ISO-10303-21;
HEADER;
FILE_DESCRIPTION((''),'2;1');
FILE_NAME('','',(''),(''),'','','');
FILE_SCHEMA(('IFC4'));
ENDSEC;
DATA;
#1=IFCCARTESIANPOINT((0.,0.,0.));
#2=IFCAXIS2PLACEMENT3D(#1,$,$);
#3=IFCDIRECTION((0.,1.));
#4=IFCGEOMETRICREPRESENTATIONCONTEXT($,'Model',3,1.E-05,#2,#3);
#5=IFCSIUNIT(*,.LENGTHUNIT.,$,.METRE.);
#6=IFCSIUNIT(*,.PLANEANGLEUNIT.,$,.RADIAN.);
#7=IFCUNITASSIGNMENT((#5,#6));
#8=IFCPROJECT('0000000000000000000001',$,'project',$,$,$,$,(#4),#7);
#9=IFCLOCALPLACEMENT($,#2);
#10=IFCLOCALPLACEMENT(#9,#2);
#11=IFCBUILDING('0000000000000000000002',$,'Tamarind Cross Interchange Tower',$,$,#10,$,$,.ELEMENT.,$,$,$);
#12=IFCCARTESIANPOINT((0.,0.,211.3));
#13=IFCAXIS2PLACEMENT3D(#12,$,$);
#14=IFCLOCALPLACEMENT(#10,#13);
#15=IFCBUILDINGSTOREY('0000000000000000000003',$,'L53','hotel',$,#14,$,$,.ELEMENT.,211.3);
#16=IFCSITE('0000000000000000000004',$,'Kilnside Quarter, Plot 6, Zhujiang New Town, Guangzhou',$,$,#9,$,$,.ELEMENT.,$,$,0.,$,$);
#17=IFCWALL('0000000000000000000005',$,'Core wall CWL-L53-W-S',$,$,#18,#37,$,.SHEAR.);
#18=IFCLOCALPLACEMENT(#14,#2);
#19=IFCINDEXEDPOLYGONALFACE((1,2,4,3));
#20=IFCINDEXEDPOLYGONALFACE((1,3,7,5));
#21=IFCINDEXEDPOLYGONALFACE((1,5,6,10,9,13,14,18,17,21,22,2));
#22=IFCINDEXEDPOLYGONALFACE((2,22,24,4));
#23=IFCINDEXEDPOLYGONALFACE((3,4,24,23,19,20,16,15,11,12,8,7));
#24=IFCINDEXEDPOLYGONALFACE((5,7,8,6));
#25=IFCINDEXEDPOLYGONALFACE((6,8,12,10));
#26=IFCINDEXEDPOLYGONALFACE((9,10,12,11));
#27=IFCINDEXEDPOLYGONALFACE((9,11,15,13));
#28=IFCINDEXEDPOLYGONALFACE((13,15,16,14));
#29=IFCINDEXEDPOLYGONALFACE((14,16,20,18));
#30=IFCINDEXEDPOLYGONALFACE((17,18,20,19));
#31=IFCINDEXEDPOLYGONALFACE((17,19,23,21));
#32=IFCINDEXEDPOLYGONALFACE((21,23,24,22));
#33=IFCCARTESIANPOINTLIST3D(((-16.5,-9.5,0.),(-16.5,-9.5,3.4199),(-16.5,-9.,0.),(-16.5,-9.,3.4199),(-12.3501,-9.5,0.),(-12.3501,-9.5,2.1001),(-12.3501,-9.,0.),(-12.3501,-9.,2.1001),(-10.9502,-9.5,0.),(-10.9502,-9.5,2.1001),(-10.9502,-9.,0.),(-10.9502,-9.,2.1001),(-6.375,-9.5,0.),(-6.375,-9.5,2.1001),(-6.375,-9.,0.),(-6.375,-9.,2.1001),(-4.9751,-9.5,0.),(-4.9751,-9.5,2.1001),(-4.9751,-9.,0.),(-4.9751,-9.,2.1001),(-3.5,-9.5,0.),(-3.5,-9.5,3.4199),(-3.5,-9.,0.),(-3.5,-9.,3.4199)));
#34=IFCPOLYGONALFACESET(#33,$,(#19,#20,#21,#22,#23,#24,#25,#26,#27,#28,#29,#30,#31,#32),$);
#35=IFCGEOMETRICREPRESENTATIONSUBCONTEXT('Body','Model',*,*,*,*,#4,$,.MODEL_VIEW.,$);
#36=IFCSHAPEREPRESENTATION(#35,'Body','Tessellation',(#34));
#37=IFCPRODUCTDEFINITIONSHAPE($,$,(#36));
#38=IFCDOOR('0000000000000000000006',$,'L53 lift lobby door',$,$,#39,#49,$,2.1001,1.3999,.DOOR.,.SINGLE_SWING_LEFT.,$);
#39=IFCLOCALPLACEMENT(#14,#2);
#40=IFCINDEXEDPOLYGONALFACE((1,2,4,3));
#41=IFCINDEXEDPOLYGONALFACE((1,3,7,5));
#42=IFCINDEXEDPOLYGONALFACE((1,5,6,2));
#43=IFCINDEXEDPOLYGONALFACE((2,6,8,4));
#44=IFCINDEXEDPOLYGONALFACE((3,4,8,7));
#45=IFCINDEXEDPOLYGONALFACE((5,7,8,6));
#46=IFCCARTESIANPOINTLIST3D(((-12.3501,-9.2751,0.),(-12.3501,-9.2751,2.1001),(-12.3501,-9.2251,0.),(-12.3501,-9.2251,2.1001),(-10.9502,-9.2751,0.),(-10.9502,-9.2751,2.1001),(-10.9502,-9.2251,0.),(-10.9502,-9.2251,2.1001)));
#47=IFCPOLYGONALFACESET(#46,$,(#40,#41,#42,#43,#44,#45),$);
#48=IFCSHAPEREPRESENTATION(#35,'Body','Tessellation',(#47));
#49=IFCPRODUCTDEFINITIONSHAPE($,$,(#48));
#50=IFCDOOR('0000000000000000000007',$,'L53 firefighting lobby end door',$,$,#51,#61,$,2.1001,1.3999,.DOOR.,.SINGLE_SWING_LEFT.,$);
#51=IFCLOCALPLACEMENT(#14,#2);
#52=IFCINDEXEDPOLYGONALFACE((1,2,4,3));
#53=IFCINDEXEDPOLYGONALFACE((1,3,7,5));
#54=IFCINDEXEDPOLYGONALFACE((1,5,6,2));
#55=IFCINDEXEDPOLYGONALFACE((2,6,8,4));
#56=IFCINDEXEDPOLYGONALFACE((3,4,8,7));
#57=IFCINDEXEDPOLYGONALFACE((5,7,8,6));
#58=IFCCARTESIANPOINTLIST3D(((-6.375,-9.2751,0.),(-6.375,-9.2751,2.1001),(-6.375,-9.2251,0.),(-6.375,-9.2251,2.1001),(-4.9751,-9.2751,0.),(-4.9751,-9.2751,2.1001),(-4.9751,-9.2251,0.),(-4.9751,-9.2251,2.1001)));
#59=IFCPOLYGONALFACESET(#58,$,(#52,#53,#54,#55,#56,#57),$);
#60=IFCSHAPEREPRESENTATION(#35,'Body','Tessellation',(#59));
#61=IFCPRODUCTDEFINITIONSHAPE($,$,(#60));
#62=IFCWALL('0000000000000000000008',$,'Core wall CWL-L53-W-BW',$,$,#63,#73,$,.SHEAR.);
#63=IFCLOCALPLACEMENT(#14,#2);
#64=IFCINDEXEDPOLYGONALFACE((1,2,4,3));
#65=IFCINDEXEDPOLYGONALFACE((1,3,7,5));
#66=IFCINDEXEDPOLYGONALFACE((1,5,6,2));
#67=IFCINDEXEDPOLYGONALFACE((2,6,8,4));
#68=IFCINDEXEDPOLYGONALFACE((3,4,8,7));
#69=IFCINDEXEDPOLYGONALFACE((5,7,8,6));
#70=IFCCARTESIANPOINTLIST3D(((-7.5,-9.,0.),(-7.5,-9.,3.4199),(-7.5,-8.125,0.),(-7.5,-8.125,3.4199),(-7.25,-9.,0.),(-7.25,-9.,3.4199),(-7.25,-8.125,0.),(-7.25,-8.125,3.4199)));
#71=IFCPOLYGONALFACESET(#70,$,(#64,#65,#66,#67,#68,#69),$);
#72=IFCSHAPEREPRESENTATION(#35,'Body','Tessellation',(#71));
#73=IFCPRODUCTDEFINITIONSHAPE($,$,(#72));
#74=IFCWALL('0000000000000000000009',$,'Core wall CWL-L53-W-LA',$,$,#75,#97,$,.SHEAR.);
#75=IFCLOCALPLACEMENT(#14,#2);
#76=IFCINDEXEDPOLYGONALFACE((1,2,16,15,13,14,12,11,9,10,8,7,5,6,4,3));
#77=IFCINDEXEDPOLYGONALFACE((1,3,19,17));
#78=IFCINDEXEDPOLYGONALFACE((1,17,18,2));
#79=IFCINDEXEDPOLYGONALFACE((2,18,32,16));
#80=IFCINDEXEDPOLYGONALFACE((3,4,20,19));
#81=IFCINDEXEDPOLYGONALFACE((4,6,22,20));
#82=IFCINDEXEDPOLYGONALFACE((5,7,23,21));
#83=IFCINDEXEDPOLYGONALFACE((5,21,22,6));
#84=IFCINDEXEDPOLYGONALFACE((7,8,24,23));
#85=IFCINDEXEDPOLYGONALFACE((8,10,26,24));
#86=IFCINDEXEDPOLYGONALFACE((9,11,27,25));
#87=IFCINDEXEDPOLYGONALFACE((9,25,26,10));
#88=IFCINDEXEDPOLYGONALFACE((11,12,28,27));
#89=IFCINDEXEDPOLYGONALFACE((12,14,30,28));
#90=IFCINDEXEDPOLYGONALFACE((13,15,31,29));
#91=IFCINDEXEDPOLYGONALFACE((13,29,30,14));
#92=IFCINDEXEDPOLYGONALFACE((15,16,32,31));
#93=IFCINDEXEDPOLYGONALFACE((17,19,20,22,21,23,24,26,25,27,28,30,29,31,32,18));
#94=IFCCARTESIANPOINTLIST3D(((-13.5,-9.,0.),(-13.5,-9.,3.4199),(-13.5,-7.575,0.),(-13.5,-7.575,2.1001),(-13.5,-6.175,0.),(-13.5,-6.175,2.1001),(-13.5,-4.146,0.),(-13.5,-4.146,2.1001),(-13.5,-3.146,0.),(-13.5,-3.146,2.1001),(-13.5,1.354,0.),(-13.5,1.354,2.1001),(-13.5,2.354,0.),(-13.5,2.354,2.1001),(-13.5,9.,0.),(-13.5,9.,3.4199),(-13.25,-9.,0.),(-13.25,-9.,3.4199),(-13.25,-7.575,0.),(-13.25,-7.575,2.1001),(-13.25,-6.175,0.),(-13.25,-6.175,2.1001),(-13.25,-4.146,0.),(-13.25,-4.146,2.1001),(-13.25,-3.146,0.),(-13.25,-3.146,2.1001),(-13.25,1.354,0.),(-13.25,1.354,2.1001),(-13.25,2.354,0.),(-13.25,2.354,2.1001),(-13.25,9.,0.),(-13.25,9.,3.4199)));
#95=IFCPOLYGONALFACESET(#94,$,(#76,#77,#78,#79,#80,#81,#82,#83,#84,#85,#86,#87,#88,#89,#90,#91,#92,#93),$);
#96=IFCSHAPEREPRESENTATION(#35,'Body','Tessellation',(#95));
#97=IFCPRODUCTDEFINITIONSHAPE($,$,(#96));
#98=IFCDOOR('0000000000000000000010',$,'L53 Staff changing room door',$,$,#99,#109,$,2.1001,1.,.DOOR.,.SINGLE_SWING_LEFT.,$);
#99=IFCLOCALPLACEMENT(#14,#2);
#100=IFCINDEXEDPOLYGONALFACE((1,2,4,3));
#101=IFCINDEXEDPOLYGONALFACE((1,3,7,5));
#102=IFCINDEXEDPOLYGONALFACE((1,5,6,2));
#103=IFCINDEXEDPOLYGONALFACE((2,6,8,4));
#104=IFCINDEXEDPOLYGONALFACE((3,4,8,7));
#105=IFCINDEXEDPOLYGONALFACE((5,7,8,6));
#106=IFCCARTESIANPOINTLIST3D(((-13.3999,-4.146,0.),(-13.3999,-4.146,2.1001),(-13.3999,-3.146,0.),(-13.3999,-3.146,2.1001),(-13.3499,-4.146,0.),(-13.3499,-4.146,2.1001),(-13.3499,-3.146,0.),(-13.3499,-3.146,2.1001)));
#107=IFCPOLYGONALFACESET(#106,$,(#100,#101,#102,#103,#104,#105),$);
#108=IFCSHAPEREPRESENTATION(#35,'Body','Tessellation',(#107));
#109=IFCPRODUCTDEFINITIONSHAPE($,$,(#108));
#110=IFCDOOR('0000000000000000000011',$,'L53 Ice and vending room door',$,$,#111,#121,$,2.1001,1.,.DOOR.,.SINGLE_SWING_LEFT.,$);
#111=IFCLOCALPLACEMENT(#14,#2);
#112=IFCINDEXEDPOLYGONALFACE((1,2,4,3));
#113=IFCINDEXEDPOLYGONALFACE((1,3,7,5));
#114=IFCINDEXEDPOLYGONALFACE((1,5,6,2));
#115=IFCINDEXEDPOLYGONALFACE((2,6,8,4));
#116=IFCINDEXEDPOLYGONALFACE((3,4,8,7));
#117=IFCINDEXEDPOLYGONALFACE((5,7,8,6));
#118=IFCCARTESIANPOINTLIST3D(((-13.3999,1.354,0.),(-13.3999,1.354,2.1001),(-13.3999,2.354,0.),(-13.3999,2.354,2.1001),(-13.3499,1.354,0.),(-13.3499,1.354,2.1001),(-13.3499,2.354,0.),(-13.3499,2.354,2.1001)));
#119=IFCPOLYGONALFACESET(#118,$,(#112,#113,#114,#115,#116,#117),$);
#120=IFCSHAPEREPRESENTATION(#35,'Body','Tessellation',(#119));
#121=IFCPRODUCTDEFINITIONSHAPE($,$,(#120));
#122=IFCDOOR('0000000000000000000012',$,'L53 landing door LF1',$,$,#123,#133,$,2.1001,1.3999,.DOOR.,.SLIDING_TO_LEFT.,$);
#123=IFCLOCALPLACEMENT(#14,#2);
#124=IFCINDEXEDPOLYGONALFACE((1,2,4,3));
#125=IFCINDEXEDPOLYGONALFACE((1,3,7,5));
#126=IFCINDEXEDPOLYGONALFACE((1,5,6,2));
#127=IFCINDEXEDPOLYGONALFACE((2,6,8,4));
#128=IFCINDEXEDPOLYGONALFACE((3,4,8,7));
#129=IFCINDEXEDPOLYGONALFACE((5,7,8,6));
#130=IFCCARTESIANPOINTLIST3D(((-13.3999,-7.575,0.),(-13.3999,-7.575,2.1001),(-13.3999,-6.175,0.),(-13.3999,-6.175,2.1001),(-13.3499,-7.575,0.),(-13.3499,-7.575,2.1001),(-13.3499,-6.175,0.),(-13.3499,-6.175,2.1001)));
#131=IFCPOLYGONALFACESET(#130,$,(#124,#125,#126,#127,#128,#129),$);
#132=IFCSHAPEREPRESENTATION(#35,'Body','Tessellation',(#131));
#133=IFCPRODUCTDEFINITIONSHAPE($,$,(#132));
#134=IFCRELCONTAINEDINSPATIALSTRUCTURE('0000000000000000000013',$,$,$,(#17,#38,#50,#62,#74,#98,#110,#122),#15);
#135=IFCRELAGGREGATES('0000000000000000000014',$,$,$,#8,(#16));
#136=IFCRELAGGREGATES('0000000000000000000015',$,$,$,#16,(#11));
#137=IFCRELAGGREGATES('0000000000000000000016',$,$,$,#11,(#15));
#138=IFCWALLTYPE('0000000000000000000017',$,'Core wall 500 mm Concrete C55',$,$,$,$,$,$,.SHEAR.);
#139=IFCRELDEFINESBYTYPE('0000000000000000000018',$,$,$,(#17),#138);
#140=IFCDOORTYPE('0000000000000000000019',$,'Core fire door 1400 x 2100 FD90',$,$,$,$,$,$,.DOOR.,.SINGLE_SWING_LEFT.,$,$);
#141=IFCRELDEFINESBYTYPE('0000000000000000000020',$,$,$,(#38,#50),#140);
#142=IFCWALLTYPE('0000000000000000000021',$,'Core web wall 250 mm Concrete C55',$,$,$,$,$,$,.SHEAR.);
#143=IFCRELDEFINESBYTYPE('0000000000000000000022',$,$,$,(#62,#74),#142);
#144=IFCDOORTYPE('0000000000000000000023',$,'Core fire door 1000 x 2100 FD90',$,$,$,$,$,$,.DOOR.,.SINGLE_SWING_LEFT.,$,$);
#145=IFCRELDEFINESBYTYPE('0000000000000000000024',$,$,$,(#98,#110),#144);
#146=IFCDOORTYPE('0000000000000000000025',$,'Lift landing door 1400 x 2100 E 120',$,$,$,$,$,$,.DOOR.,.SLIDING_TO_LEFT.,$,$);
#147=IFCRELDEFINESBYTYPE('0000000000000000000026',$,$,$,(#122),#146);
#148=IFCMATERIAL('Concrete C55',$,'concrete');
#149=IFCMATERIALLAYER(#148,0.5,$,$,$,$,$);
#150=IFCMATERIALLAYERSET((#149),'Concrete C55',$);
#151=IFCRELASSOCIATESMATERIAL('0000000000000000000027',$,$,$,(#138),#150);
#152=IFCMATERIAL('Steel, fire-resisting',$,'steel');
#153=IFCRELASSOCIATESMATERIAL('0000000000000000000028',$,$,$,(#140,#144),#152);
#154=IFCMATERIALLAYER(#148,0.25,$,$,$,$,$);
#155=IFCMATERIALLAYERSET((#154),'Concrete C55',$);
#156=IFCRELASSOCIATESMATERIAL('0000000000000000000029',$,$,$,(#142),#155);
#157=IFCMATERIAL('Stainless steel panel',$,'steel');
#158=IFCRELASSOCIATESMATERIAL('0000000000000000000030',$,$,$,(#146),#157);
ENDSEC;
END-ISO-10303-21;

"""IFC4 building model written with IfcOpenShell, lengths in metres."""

from ifc_helpers import new_model, si_unit, direction, frame, frame_2d, origin, place, context, subcontext, project, spatial, rectangle, extrude, material, layer, layer_set, type_object, element, fill, save


model = new_model("IFC4")

# Units and contexts
model_context = context("Model", 3, precision=1e-05, world=origin(), true_north=direction((0.0, 1.0)))
body_context = subcontext(model_context, "Body", "Model", "MODEL_VIEW")
ifc_project = project(units=[si_unit("LENGTHUNIT", "METRE"), si_unit("PLANEANGLEUNIT", "RADIAN")], contexts=[model_context])

# Site, building, storey
site_placement = place(None, origin())
site = spatial("IfcSite", under=ifc_project, at=site_placement, Name="Kilnside Quarter, Plot 6, Zhujiang New Town, Guangzhou", CompositionType="ELEMENT", RefElevation=0.0)
building_placement = place(site_placement, origin())
building = spatial("IfcBuilding", under=site, at=building_placement, Name="Tamarind Cross Interchange Tower", CompositionType="ELEMENT")
storey_placement = place(building_placement, frame((0.0, 0.0, 211.3)))
storey = spatial("IfcBuildingStorey", under=building, at=storey_placement, Name="L53", Description="hotel", CompositionType="ELEMENT", Elevation=211.3)

# Wall, openings, doors
ifc_material_1 = material(Name="Concrete C55", Category="concrete")
ifc_layer_1 = layer(ifc_material_1, 0.5)
ifc_layer_set_1 = layer_set([ifc_layer_1], Name="Concrete C55")
wall_type_1 = type_object("IfcWallType", Name="Core wall 500 mm Concrete C55", PredefinedType="SHEAR", material=ifc_layer_set_1)
wall_1_placement = place(storey_placement, frame((-16.5, -9.25, 0.0), z_axis=(0.0, 0.0, 1.0), x_axis=(1.0, 0.0, 0.0)))
wall_1 = element("IfcWall", 1, at=wall_1_placement, inside=storey, type_object=wall_type_1, Name="Core wall CWL-L53-W-S", PredefinedType="SHEAR", context=body_context, shape_type="SweptSolid", body=[
    extrude(rectangle(XDim=13.0, YDim=0.5, at=frame_2d((6.5, 0.0))), origin(), (0.0, 0.0, 1.0), 3.4199),
])
opening_1_placement = place(wall_1_placement, frame((4.1499, 0.0, 0.0)))
opening_1 = element("IfcOpeningElement", 2, at=opening_1_placement, cuts=wall_1, PredefinedType="OPENING", context=body_context, shape_type="SweptSolid", body=[
    extrude(rectangle(XDim=1.3999, YDim=2.1001, at=frame_2d((0.7, 1.05))), frame((0.0, 0.26, 0.0), z_axis=(0.0, -1.0, 0.0), x_axis=(1.0, 0.0, 0.0)), (0.0, 0.0, 1.0), 0.52),
])
opening_2_placement = place(wall_1_placement, frame((10.125, 0.0, 0.0)))
opening_2 = element("IfcOpeningElement", 3, at=opening_2_placement, cuts=wall_1, PredefinedType="OPENING", context=body_context, shape_type="SweptSolid", body=[
    extrude(rectangle(XDim=1.3999, YDim=2.1001, at=frame_2d((0.7, 1.05))), frame((0.0, 0.26, 0.0), z_axis=(0.0, -1.0, 0.0), x_axis=(1.0, 0.0, 0.0)), (0.0, 0.0, 1.0), 0.52),
])
ifc_material_2 = material(Name="Steel, fire-resisting", Category="steel")
door_type_1 = type_object("IfcDoorType", Name="Core fire door 1400 x 2100 FD90", OperationType="SINGLE_SWING_LEFT", PredefinedType="DOOR", material=ifc_material_2)
door_1_placement = place(opening_1_placement, origin())
door_1 = element("IfcDoor", 4, at=door_1_placement, inside=storey, type_object=door_type_1, Name="L53 lift lobby door", OperationType="SINGLE_SWING_LEFT", OverallHeight=2.1001, OverallWidth=1.3999, PredefinedType="DOOR", context=body_context, shape_type="SweptSolid", body=[
    extrude(rectangle(XDim=1.3999, YDim=2.1001, at=frame_2d((0.7, 1.05))), frame((0.0, 0.0249, 0.0), z_axis=(0.0, -1.0, 0.0), x_axis=(1.0, 0.0, 0.0)), (0.0, 0.0, 1.0), 0.05),
])
fill(opening_1, door_1)
door_2_placement = place(opening_2_placement, origin())
door_2 = element("IfcDoor", 5, at=door_2_placement, inside=storey, type_object=door_type_1, Name="L53 firefighting lobby end door", OperationType="SINGLE_SWING_LEFT", OverallHeight=2.1001, OverallWidth=1.3999, PredefinedType="DOOR", context=body_context, shape_type="SweptSolid", body=[
    extrude(rectangle(XDim=1.3999, YDim=2.1001, at=frame_2d((0.7, 1.05))), frame((0.0, 0.0249, 0.0), z_axis=(0.0, -1.0, 0.0), x_axis=(1.0, 0.0, 0.0)), (0.0, 0.0, 1.0), 0.05),
])
fill(opening_2, door_2)

# Wall
ifc_layer_2 = layer(ifc_material_1, 0.25)
ifc_layer_set_2 = layer_set([ifc_layer_2], Name="Concrete C55")
wall_type_2 = type_object("IfcWallType", Name="Core web wall 250 mm Concrete C55", PredefinedType="SHEAR", material=ifc_layer_set_2)
wall_2_placement = place(storey_placement, frame((-7.375, -9.0, 0.0), z_axis=(0.0, 0.0, 1.0), x_axis=(0.0, 1.0, 0.0)))
element("IfcWall", 6, at=wall_2_placement, inside=storey, type_object=wall_type_2, Name="Core wall CWL-L53-W-BW", PredefinedType="SHEAR", context=body_context, shape_type="SweptSolid", body=[
    extrude(rectangle(XDim=0.875, YDim=0.25, at=frame_2d((0.4375, 0.0))), origin(), (0.0, 0.0, 1.0), 3.4199),
])

# Wall, openings, doors
wall_3_placement = place(storey_placement, frame((-13.375, -9.0, 0.0), z_axis=(0.0, 0.0, 1.0), x_axis=(0.0, 1.0, 0.0)))
wall_3 = element("IfcWall", 7, at=wall_3_placement, inside=storey, type_object=wall_type_2, Name="Core wall CWL-L53-W-LA", PredefinedType="SHEAR", context=body_context, shape_type="SweptSolid", body=[
    extrude(rectangle(XDim=18.0, YDim=0.25, at=frame_2d((9.0, 0.0))), origin(), (0.0, 0.0, 1.0), 3.4199),
])
opening_3_placement = place(wall_3_placement, frame((1.425, 0.0, 0.0)))
opening_3 = element("IfcOpeningElement", 8, at=opening_3_placement, cuts=wall_3, PredefinedType="OPENING", context=body_context, shape_type="SweptSolid", body=[
    extrude(rectangle(XDim=1.3999, YDim=2.1001, at=frame_2d((0.7, 1.05))), frame((0.0, 0.135, 0.0), z_axis=(0.0, -1.0, 0.0), x_axis=(1.0, 0.0, 0.0)), (0.0, 0.0, 1.0), 0.27),
])
opening_4_placement = place(wall_3_placement, frame((4.854, 0.0, 0.0)))
opening_4 = element("IfcOpeningElement", 9, at=opening_4_placement, cuts=wall_3, PredefinedType="OPENING", context=body_context, shape_type="SweptSolid", body=[
    extrude(rectangle(XDim=1.0, YDim=2.1001, at=frame_2d((0.5, 1.05))), frame((0.0, 0.135, 0.0), z_axis=(0.0, -1.0, 0.0), x_axis=(1.0, 0.0, 0.0)), (0.0, 0.0, 1.0), 0.27),
])
opening_5_placement = place(wall_3_placement, frame((10.354, 0.0, 0.0)))
opening_5 = element("IfcOpeningElement", 10, at=opening_5_placement, cuts=wall_3, PredefinedType="OPENING", context=body_context, shape_type="SweptSolid", body=[
    extrude(rectangle(XDim=1.0, YDim=2.1001, at=frame_2d((0.5, 1.05))), frame((0.0, 0.135, 0.0), z_axis=(0.0, -1.0, 0.0), x_axis=(1.0, 0.0, 0.0)), (0.0, 0.0, 1.0), 0.27),
])
door_type_2 = type_object("IfcDoorType", Name="Core fire door 1000 x 2100 FD90", OperationType="SINGLE_SWING_LEFT", PredefinedType="DOOR", material=ifc_material_2)
door_3_placement = place(opening_4_placement, origin())
door_3 = element("IfcDoor", 11, at=door_3_placement, inside=storey, type_object=door_type_2, Name="L53 Staff changing room door", OperationType="SINGLE_SWING_LEFT", OverallHeight=2.1001, OverallWidth=1.0, PredefinedType="DOOR", context=body_context, shape_type="SweptSolid", body=[
    extrude(rectangle(XDim=1.0, YDim=2.1001, at=frame_2d((0.5, 1.05))), frame((0.0, 0.0249, 0.0), z_axis=(0.0, -1.0, 0.0), x_axis=(1.0, 0.0, 0.0)), (0.0, 0.0, 1.0), 0.05),
])
fill(opening_4, door_3)
door_4_placement = place(opening_5_placement, origin())
door_4 = element("IfcDoor", 12, at=door_4_placement, inside=storey, type_object=door_type_2, Name="L53 Ice and vending room door", OperationType="SINGLE_SWING_LEFT", OverallHeight=2.1001, OverallWidth=1.0, PredefinedType="DOOR", context=body_context, shape_type="SweptSolid", body=[
    extrude(rectangle(XDim=1.0, YDim=2.1001, at=frame_2d((0.5, 1.05))), frame((0.0, 0.0249, 0.0), z_axis=(0.0, -1.0, 0.0), x_axis=(1.0, 0.0, 0.0)), (0.0, 0.0, 1.0), 0.05),
])
fill(opening_5, door_4)
ifc_material_3 = material(Name="Stainless steel panel", Category="steel")
door_type_3 = type_object("IfcDoorType", Name="Lift landing door 1400 x 2100 E 120", OperationType="SLIDING_TO_LEFT", PredefinedType="DOOR", material=ifc_material_3)
door_5_placement = place(opening_3_placement, origin())
door_5 = element("IfcDoor", 13, at=door_5_placement, inside=storey, type_object=door_type_3, Name="L53 landing door LF1", OperationType="SLIDING_TO_LEFT", OverallHeight=2.1001, OverallWidth=1.3999, PredefinedType="DOOR", context=body_context, shape_type="SweptSolid", body=[
    extrude(rectangle(XDim=1.3999, YDim=2.1001, at=frame_2d((0.7, 1.05))), frame((0.0, 0.0249, 0.0), z_axis=(0.0, -1.0, 0.0), x_axis=(1.0, 0.0, 0.0)), (0.0, 0.0, 1.0), 0.05),
])
fill(opening_3, door_5)

save(model, "model.ifc")
